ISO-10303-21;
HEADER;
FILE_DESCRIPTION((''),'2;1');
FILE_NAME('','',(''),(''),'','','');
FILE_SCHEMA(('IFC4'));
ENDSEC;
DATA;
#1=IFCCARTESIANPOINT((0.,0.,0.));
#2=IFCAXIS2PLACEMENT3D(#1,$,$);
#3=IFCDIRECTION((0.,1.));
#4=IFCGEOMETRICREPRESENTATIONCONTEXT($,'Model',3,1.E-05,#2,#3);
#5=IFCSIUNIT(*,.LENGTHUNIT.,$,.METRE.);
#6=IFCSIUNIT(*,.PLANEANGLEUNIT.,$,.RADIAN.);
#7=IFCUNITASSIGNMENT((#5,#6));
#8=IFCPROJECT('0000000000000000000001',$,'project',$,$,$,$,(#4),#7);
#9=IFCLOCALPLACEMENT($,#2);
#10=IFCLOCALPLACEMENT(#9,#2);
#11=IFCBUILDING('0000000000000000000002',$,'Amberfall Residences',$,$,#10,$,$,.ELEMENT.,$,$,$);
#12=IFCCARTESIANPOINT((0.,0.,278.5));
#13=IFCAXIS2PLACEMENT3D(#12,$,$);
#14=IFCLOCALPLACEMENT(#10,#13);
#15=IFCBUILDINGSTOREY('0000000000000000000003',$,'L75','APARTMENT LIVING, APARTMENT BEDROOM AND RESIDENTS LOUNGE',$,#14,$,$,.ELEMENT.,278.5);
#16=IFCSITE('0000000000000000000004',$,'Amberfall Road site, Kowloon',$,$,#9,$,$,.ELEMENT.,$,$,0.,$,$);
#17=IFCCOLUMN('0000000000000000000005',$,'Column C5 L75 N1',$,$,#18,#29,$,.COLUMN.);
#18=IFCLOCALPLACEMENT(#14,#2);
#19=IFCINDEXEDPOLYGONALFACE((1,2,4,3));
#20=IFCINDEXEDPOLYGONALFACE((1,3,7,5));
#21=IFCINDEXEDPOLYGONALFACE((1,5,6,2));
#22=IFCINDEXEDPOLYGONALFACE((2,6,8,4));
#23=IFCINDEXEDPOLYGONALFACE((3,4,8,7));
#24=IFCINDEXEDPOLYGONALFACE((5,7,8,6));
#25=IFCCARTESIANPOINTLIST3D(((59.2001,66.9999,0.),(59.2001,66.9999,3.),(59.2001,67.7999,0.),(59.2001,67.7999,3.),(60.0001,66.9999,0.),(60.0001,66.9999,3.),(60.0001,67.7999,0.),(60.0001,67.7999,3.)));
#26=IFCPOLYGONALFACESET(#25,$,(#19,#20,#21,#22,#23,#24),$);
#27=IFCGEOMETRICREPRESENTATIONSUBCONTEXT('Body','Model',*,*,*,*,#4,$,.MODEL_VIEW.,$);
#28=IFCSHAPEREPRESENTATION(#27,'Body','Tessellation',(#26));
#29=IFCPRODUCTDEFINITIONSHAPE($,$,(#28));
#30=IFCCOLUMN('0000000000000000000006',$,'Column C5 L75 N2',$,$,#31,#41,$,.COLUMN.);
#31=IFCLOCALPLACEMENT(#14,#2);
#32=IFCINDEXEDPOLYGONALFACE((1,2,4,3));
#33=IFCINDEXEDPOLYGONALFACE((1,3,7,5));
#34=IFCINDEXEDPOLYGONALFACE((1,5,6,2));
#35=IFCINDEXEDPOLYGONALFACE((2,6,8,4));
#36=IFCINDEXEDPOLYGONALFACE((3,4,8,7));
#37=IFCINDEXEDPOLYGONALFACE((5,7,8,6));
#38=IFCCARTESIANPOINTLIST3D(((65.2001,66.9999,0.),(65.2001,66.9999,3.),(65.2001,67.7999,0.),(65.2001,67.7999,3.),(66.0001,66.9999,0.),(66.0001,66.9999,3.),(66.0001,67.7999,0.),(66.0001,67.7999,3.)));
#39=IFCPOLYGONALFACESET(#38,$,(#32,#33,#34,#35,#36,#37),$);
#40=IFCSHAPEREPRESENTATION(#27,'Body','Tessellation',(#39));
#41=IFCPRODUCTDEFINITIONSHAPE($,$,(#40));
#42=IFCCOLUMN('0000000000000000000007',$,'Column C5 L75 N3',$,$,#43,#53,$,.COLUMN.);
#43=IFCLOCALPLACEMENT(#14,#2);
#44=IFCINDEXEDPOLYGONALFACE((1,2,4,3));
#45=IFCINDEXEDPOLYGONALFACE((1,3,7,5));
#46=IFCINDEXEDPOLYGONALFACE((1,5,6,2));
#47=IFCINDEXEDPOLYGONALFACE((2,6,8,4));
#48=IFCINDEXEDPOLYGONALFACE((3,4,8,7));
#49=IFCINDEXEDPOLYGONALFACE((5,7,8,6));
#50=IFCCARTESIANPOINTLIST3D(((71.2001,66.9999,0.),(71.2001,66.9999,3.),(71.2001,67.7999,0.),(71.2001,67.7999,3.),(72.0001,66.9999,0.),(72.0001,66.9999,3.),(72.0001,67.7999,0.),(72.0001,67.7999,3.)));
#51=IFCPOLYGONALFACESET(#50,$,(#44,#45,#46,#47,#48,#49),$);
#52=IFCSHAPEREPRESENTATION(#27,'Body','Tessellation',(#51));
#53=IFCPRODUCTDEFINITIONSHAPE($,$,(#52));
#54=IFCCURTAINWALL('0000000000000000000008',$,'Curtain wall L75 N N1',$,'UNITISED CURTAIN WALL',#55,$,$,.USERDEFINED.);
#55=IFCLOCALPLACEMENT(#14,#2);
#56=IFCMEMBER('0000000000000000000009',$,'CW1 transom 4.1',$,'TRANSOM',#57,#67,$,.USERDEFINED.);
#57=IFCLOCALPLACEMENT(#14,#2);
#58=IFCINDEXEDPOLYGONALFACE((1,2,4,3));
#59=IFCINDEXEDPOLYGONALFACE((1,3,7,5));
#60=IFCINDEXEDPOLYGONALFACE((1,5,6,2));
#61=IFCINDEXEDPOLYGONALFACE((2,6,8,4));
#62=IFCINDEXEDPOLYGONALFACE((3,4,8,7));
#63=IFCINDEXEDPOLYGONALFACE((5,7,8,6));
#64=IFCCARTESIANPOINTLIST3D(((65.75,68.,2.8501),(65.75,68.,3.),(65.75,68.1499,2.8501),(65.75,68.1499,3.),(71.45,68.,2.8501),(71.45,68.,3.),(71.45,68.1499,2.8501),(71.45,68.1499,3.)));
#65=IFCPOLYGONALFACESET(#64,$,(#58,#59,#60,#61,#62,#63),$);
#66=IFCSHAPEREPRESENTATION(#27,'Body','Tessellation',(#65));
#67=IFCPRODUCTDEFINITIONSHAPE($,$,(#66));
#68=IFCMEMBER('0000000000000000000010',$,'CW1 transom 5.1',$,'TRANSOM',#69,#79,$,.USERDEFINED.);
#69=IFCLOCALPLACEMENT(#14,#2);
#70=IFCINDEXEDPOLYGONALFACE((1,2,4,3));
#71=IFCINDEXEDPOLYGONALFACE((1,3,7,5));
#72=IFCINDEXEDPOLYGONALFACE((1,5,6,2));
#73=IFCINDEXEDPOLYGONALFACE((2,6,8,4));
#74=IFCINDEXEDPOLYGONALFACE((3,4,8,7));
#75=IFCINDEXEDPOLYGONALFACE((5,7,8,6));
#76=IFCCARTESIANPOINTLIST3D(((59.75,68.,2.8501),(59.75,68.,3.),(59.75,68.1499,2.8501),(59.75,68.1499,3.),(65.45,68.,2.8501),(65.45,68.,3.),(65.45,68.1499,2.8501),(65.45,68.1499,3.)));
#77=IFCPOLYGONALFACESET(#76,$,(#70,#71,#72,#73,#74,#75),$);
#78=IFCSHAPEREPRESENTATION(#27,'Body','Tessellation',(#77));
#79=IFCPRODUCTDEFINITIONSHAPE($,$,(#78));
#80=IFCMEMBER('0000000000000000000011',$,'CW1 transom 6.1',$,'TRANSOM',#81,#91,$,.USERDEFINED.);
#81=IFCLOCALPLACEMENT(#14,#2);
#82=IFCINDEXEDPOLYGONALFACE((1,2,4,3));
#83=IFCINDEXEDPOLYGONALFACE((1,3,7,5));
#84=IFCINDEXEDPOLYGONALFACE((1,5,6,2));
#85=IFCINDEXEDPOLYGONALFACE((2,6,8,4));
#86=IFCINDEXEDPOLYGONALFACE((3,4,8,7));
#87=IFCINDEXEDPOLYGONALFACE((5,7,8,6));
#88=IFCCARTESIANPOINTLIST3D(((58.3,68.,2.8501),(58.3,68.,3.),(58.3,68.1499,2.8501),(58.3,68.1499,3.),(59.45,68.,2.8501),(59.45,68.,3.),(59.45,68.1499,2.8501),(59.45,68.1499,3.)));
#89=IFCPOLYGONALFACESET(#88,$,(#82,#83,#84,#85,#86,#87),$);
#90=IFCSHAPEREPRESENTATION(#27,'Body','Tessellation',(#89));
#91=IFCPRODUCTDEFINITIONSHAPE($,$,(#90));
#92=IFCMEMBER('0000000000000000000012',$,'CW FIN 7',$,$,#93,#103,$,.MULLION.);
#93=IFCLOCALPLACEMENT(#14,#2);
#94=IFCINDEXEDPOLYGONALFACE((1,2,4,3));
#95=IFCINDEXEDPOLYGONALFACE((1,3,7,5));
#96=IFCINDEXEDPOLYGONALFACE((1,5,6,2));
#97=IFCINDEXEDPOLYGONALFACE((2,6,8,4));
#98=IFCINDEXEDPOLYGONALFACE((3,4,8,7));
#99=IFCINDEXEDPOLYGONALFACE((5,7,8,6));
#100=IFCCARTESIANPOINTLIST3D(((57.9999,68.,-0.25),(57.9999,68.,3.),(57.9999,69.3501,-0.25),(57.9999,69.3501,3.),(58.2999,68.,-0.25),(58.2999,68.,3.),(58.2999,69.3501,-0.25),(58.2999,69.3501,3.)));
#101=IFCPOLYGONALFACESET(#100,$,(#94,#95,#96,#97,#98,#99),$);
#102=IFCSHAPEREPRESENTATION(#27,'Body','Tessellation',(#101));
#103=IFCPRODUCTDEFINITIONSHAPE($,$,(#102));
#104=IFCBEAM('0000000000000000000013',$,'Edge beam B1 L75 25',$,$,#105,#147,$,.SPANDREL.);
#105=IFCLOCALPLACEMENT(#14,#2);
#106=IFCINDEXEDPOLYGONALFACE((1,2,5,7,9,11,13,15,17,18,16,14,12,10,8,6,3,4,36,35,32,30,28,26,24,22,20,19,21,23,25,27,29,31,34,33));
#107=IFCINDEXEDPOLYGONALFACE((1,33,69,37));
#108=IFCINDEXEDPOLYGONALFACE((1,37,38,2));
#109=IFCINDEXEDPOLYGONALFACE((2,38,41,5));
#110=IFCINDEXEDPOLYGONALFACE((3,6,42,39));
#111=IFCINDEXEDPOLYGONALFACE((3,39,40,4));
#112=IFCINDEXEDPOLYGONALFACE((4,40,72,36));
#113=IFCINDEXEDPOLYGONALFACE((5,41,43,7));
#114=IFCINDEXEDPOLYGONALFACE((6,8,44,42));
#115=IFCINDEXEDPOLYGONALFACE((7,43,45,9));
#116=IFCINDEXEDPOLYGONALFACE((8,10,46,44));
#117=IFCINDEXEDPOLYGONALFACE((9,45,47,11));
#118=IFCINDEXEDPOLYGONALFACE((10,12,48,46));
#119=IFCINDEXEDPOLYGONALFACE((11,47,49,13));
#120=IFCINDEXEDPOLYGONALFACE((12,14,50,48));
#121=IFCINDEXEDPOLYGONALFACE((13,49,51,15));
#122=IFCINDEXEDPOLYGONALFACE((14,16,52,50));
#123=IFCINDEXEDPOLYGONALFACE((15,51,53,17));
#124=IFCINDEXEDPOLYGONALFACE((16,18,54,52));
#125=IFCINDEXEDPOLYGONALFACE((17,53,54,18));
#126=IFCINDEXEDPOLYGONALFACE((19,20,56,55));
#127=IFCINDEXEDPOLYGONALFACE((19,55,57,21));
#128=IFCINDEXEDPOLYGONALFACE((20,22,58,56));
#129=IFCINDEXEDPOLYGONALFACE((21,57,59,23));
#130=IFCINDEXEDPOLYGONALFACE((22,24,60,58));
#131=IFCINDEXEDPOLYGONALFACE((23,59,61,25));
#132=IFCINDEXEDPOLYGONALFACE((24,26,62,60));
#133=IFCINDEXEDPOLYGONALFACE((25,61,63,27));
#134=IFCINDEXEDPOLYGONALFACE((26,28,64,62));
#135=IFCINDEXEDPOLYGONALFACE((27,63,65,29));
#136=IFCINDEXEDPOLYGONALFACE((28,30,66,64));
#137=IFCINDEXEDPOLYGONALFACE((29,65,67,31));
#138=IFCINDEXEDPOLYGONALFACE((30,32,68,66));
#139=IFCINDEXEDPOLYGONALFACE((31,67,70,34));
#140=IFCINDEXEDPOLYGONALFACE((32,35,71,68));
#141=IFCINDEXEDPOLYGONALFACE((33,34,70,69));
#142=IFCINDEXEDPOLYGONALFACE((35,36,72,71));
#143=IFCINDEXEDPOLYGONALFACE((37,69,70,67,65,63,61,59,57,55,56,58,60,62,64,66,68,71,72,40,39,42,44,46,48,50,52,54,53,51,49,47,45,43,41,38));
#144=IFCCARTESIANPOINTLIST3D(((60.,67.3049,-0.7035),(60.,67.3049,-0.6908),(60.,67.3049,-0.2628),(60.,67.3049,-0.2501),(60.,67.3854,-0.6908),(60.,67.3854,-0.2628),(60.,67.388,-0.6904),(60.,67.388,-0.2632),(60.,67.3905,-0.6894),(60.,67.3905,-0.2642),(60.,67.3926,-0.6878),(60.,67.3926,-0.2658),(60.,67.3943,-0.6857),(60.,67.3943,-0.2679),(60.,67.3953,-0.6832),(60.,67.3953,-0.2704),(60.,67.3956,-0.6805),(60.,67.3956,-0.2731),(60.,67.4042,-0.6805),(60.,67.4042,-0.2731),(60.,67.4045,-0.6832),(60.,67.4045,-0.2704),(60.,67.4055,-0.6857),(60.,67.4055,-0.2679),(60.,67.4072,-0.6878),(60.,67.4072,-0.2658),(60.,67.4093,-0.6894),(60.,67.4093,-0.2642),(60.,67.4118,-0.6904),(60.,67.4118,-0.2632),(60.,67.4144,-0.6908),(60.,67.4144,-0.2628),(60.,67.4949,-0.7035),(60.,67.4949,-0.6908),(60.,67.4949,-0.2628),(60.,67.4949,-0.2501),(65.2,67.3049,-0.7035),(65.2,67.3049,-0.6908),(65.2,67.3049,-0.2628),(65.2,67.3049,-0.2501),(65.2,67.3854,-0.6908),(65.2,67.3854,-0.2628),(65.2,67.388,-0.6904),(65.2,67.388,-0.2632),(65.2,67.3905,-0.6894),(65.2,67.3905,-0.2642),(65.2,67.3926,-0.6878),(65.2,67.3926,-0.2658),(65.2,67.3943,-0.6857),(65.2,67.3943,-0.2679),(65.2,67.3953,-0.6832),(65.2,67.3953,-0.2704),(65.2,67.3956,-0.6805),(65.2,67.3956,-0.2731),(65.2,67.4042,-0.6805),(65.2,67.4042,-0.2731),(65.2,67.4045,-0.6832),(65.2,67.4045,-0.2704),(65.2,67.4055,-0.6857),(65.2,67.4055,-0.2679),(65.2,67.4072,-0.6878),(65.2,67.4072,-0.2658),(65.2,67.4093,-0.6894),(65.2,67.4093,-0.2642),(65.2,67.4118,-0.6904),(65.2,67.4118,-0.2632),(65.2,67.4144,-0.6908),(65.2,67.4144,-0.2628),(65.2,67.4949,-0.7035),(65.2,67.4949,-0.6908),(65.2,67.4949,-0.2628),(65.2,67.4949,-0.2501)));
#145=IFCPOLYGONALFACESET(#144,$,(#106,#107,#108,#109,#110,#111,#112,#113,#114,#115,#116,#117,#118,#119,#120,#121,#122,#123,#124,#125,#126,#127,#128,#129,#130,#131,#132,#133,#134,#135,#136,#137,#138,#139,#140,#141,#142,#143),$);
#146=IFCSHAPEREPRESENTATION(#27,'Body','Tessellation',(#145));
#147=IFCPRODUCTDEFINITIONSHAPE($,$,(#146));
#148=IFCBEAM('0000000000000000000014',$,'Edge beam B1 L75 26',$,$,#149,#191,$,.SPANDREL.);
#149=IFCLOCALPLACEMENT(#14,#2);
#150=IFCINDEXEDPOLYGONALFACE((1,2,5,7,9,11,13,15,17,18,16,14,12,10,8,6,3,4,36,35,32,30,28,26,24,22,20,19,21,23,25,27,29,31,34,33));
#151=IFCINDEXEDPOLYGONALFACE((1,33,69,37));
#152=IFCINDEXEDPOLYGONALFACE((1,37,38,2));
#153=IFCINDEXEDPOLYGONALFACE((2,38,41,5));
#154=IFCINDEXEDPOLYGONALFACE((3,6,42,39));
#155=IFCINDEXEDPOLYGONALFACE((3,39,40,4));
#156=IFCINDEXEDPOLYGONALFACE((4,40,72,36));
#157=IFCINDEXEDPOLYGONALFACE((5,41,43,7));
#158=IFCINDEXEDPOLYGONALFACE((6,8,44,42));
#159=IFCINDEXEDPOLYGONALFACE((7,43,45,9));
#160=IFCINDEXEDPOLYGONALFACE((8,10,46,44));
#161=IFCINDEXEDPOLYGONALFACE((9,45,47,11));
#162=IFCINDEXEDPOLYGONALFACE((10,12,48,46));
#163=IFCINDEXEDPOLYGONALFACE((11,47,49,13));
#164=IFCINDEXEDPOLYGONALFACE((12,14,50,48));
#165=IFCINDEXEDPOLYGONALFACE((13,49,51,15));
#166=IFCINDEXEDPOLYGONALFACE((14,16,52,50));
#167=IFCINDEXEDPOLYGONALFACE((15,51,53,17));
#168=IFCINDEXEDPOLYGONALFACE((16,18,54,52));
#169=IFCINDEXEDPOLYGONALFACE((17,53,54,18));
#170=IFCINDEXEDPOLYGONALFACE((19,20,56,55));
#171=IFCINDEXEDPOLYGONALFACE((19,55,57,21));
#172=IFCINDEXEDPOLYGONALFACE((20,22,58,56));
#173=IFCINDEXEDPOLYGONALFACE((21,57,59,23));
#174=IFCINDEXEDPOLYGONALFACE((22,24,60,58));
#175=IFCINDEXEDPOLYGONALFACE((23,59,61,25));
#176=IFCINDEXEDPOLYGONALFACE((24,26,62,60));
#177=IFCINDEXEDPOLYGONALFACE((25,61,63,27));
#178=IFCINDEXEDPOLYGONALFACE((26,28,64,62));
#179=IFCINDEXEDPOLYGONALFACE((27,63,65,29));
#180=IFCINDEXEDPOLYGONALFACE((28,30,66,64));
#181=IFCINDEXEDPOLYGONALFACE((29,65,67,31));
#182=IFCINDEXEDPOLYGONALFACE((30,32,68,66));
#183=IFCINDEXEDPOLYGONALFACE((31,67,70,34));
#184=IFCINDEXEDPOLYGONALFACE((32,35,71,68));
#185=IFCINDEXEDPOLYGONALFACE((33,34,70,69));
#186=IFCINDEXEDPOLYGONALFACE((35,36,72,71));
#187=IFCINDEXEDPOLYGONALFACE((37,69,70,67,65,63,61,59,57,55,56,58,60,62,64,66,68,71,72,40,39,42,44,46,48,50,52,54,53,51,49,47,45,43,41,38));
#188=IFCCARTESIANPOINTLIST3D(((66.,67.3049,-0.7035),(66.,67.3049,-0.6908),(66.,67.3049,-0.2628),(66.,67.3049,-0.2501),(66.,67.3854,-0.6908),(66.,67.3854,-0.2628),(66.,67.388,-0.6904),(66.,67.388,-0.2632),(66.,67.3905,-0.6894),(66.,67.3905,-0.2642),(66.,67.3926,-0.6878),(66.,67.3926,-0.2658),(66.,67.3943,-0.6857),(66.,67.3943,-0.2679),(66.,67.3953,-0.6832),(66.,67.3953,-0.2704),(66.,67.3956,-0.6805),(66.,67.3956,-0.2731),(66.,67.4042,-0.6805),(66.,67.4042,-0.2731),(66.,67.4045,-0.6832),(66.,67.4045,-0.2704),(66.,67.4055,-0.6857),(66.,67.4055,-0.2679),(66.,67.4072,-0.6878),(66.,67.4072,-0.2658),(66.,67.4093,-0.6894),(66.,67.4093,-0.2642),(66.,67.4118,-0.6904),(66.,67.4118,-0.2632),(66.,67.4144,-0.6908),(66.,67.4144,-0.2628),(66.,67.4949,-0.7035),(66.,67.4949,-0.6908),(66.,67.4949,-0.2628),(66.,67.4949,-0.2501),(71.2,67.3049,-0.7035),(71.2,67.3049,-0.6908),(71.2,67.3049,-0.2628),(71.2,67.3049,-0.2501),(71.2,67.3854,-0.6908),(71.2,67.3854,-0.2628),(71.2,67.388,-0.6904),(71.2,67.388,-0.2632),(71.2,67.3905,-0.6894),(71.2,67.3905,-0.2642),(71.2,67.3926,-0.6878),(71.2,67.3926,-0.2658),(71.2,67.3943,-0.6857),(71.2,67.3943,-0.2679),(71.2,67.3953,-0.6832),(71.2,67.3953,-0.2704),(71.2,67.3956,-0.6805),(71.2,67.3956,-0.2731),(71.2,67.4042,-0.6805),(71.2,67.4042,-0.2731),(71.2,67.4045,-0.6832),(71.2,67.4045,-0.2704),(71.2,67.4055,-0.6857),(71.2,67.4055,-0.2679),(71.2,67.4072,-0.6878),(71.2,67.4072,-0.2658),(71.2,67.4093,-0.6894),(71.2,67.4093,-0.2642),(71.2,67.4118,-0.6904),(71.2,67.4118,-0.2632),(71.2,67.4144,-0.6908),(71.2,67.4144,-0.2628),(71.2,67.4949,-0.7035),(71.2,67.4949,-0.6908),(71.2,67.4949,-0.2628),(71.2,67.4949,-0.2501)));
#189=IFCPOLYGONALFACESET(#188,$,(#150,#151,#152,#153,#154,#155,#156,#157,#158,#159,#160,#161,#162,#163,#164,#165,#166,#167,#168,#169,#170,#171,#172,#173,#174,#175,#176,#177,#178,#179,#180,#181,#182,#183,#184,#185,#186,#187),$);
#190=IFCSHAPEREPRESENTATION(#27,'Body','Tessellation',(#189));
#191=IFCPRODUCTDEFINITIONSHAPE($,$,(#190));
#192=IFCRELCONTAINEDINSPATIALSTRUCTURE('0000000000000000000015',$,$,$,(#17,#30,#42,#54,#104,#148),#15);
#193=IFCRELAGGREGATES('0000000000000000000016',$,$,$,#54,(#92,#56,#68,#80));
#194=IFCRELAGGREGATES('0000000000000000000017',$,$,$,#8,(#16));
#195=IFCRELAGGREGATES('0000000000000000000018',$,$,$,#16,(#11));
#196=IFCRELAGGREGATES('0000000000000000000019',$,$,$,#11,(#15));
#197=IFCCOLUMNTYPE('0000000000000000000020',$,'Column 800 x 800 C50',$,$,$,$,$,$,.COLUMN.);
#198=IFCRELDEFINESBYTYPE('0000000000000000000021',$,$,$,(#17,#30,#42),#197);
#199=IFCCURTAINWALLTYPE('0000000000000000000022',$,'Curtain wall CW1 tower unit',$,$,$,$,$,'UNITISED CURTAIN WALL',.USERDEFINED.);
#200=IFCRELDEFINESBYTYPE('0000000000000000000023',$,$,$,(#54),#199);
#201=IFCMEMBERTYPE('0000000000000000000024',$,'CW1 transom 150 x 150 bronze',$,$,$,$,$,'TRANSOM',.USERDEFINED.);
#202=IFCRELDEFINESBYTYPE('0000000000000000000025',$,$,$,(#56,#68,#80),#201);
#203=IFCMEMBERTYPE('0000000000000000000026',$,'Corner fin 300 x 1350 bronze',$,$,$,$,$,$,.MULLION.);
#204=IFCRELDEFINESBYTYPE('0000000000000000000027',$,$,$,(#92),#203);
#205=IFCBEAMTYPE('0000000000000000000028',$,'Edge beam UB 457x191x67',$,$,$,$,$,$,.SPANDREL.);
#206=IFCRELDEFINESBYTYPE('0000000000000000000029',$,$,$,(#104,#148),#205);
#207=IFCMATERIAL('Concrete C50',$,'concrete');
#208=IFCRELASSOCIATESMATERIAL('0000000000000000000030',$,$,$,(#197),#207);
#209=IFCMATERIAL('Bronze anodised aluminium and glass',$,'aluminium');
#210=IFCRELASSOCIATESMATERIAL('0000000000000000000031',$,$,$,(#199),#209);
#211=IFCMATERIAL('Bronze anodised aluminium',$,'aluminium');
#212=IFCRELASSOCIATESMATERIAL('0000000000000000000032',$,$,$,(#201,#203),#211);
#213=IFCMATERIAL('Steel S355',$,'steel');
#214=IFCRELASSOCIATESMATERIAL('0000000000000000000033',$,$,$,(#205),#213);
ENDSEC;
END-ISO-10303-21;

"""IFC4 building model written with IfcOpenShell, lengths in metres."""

from ifc_helpers import new_model, si_unit, direction, frame, origin, origin_2d, place, context, subcontext, project, spatial, rectangle, i_section, extrude, material, material_profile, profile_set, type_object, element, aggregate, save


model = new_model("IFC4")

# Units and contexts
model_context = context("Model", 3, precision=1e-05, world=origin(), true_north=direction((0.0, 1.0)))
body_context = subcontext(model_context, "Body", "Model", "MODEL_VIEW")
ifc_project = project(units=[si_unit("LENGTHUNIT", "METRE"), si_unit("PLANEANGLEUNIT", "RADIAN")], contexts=[model_context])

# Site, building, storey
site_placement = place(None, origin())
site = spatial("IfcSite", under=ifc_project, at=site_placement, Name="Amberfall Road site, Kowloon", CompositionType="ELEMENT", RefElevation=0.0)
building_placement = place(site_placement, origin())
building = spatial("IfcBuilding", under=site, at=building_placement, Name="Amberfall Residences", CompositionType="ELEMENT")
storey_placement = place(building_placement, frame((0.0, 0.0, 278.5)))
storey = spatial("IfcBuildingStorey", under=building, at=storey_placement, Name="L75", Description="APARTMENT LIVING, APARTMENT BEDROOM AND RESIDENTS LOUNGE", CompositionType="ELEMENT", Elevation=278.5)

# Columns
ifc_material_1 = material(Name="Concrete C50", Category="concrete")
ifc_material_profile_1 = material_profile(ifc_material_1, rectangle(XDim=0.8, YDim=0.8, at=origin_2d()), Name="Column 800 x 800 C50")
ifc_profile_set_1 = profile_set([ifc_material_profile_1], Name="Concrete C50")
column_type = type_object("IfcColumnType", Name="Column 800 x 800 C50", PredefinedType="COLUMN", material=ifc_profile_set_1)
for number, where, z_axis, x_axis, name in (
    (1, (59.6001, 67.3999, 0.0), (0.0, 0.0, 1.0), (1.0, 0.0, 0.0), "Column C5 L75 N1"),
    (2, (65.6001, 67.3999, 0.0), (0.0, 0.0, 1.0), (1.0, 0.0, 0.0), "Column C5 L75 N2"),
    (3, (71.6001, 67.3999, 0.0), (0.0, 0.0, 1.0), (1.0, 0.0, 0.0), "Column C5 L75 N3"),
):
    element("IfcColumn", number, at=place(storey_placement, frame(where, z_axis=z_axis, x_axis=x_axis)), inside=storey, type_object=column_type, Name=name, PredefinedType="COLUMN", context=body_context, shape_type="SweptSolid", body=[
        extrude(rectangle(XDim=0.8, YDim=0.8, at=origin_2d()), origin(), (0.0, 0.0, 1.0), 3.0),
    ])

# Curtain wall, members
ifc_material_2 = material(Name="Bronze anodised aluminium and glass", Category="aluminium")
curtain_wall_type = type_object("IfcCurtainWallType", Name="Curtain wall CW1 tower unit", ElementType="UNITISED CURTAIN WALL", PredefinedType="USERDEFINED", material=ifc_material_2)
curtain_wall_placement = place(storey_placement, origin())
curtain_wall = element("IfcCurtainWall", 4, at=curtain_wall_placement, inside=storey, type_object=curtain_wall_type, Name="Curtain wall L75 N N1", ObjectType="UNITISED CURTAIN WALL", PredefinedType="USERDEFINED")
ifc_material_3 = material(Name="Bronze anodised aluminium", Category="aluminium")
ifc_material_profile_2 = material_profile(ifc_material_3, rectangle(XDim=0.1499, YDim=0.1499, at=origin_2d()), Name="CW1 transom 150 x 150 bronze")
ifc_profile_set_2 = profile_set([ifc_material_profile_2], Name="Bronze anodised aluminium")
member_type_1 = type_object("IfcMemberType", Name="CW1 transom 150 x 150 bronze", ElementType="TRANSOM", PredefinedType="USERDEFINED", material=ifc_profile_set_2)
member_1_placement = place(storey_placement, frame((71.45, 68.075, 2.925), z_axis=(-1.0, 0.0, 0.0), x_axis=(0.0, -1.0, 0.0)))
member_1 = element("IfcMember", 5, at=member_1_placement, type_object=member_type_1, Name="CW1 transom 4.1", ObjectType="TRANSOM", PredefinedType="USERDEFINED", context=body_context, shape_type="SweptSolid", body=[
    extrude(rectangle(XDim=0.1499, YDim=0.1499, at=origin_2d()), origin(), (0.0, 0.0, 1.0), 5.7),
])
member_2_placement = place(storey_placement, frame((65.45, 68.075, 2.925), z_axis=(-1.0, 0.0, 0.0), x_axis=(0.0, -1.0, 0.0)))
member_2 = element("IfcMember", 6, at=member_2_placement, type_object=member_type_1, Name="CW1 transom 5.1", ObjectType="TRANSOM", PredefinedType="USERDEFINED", context=body_context, shape_type="SweptSolid", body=[
    extrude(rectangle(XDim=0.1499, YDim=0.1499, at=origin_2d()), origin(), (0.0, 0.0, 1.0), 5.7),
])
member_3_placement = place(storey_placement, frame((59.45, 68.075, 2.925), z_axis=(-1.0, 0.0, 0.0), x_axis=(0.0, -1.0, 0.0)))
member_3 = element("IfcMember", 7, at=member_3_placement, type_object=member_type_1, Name="CW1 transom 6.1", ObjectType="TRANSOM", PredefinedType="USERDEFINED", context=body_context, shape_type="SweptSolid", body=[
    extrude(rectangle(XDim=0.1499, YDim=0.1499, at=origin_2d()), origin(), (0.0, 0.0, 1.0), 1.1499),
])
ifc_material_profile_3 = material_profile(ifc_material_3, rectangle(XDim=1.3501, YDim=0.3, at=origin_2d()), Name="Corner fin 300 x 1350 bronze")
ifc_profile_set_3 = profile_set([ifc_material_profile_3], Name="Bronze anodised aluminium")
member_type_2 = type_object("IfcMemberType", Name="Corner fin 300 x 1350 bronze", PredefinedType="MULLION", material=ifc_profile_set_3)
member_4_placement = place(storey_placement, frame((58.1499, 68.675, -0.25), z_axis=(0.0, 0.0, 1.0), x_axis=(0.0, -1.0, 0.0)))
member_4 = element("IfcMember", 8, at=member_4_placement, type_object=member_type_2, Name="CW FIN 7", PredefinedType="MULLION", context=body_context, shape_type="SweptSolid", body=[
    extrude(rectangle(XDim=1.3501, YDim=0.3, at=origin_2d()), origin(), (0.0, 0.0, 1.0), 3.25),
])

# Beams
ifc_material_4 = material(Name="Steel S355", Category="steel")
ifc_material_profile_4 = material_profile(ifc_material_4, i_section(OverallWidth=0.1899, OverallDepth=0.4534, WebThickness=0.0085, FlangeThickness=0.0127, FilletRadius=0.0103, at=origin_2d()), Name="UB 457x191x67")
ifc_profile_set_4 = profile_set([ifc_material_profile_4], Name="Steel S355")
beam_type_1 = type_object("IfcBeamType", Name="Edge beam UB 457x191x67", PredefinedType="SPANDREL", material=ifc_profile_set_4)
for number, where, z_axis, x_axis, name in (
    (9, (60.0, 67.3999, -0.4768), (1.0, 0.0, 0.0), (0.0, 1.0, 0.0), "Edge beam B1 L75 25"),
    (10, (66.0, 67.3999, -0.4768), (1.0, 0.0, 0.0), (0.0, 1.0, 0.0), "Edge beam B1 L75 26"),
):
    element("IfcBeam", number, at=place(storey_placement, frame(where, z_axis=z_axis, x_axis=x_axis)), inside=storey, type_object=beam_type_1, Name=name, PredefinedType="SPANDREL", context=body_context, shape_type="SweptSolid", body=[
        extrude(i_section(OverallWidth=0.1899, OverallDepth=0.4534, WebThickness=0.0085, FlangeThickness=0.0127, FilletRadius=0.0103, at=origin_2d()), origin(), (0.0, 0.0, 1.0), 5.2),
    ])

aggregate(curtain_wall, [member_4, member_1, member_2, member_3])

save(model, "model.ifc")
